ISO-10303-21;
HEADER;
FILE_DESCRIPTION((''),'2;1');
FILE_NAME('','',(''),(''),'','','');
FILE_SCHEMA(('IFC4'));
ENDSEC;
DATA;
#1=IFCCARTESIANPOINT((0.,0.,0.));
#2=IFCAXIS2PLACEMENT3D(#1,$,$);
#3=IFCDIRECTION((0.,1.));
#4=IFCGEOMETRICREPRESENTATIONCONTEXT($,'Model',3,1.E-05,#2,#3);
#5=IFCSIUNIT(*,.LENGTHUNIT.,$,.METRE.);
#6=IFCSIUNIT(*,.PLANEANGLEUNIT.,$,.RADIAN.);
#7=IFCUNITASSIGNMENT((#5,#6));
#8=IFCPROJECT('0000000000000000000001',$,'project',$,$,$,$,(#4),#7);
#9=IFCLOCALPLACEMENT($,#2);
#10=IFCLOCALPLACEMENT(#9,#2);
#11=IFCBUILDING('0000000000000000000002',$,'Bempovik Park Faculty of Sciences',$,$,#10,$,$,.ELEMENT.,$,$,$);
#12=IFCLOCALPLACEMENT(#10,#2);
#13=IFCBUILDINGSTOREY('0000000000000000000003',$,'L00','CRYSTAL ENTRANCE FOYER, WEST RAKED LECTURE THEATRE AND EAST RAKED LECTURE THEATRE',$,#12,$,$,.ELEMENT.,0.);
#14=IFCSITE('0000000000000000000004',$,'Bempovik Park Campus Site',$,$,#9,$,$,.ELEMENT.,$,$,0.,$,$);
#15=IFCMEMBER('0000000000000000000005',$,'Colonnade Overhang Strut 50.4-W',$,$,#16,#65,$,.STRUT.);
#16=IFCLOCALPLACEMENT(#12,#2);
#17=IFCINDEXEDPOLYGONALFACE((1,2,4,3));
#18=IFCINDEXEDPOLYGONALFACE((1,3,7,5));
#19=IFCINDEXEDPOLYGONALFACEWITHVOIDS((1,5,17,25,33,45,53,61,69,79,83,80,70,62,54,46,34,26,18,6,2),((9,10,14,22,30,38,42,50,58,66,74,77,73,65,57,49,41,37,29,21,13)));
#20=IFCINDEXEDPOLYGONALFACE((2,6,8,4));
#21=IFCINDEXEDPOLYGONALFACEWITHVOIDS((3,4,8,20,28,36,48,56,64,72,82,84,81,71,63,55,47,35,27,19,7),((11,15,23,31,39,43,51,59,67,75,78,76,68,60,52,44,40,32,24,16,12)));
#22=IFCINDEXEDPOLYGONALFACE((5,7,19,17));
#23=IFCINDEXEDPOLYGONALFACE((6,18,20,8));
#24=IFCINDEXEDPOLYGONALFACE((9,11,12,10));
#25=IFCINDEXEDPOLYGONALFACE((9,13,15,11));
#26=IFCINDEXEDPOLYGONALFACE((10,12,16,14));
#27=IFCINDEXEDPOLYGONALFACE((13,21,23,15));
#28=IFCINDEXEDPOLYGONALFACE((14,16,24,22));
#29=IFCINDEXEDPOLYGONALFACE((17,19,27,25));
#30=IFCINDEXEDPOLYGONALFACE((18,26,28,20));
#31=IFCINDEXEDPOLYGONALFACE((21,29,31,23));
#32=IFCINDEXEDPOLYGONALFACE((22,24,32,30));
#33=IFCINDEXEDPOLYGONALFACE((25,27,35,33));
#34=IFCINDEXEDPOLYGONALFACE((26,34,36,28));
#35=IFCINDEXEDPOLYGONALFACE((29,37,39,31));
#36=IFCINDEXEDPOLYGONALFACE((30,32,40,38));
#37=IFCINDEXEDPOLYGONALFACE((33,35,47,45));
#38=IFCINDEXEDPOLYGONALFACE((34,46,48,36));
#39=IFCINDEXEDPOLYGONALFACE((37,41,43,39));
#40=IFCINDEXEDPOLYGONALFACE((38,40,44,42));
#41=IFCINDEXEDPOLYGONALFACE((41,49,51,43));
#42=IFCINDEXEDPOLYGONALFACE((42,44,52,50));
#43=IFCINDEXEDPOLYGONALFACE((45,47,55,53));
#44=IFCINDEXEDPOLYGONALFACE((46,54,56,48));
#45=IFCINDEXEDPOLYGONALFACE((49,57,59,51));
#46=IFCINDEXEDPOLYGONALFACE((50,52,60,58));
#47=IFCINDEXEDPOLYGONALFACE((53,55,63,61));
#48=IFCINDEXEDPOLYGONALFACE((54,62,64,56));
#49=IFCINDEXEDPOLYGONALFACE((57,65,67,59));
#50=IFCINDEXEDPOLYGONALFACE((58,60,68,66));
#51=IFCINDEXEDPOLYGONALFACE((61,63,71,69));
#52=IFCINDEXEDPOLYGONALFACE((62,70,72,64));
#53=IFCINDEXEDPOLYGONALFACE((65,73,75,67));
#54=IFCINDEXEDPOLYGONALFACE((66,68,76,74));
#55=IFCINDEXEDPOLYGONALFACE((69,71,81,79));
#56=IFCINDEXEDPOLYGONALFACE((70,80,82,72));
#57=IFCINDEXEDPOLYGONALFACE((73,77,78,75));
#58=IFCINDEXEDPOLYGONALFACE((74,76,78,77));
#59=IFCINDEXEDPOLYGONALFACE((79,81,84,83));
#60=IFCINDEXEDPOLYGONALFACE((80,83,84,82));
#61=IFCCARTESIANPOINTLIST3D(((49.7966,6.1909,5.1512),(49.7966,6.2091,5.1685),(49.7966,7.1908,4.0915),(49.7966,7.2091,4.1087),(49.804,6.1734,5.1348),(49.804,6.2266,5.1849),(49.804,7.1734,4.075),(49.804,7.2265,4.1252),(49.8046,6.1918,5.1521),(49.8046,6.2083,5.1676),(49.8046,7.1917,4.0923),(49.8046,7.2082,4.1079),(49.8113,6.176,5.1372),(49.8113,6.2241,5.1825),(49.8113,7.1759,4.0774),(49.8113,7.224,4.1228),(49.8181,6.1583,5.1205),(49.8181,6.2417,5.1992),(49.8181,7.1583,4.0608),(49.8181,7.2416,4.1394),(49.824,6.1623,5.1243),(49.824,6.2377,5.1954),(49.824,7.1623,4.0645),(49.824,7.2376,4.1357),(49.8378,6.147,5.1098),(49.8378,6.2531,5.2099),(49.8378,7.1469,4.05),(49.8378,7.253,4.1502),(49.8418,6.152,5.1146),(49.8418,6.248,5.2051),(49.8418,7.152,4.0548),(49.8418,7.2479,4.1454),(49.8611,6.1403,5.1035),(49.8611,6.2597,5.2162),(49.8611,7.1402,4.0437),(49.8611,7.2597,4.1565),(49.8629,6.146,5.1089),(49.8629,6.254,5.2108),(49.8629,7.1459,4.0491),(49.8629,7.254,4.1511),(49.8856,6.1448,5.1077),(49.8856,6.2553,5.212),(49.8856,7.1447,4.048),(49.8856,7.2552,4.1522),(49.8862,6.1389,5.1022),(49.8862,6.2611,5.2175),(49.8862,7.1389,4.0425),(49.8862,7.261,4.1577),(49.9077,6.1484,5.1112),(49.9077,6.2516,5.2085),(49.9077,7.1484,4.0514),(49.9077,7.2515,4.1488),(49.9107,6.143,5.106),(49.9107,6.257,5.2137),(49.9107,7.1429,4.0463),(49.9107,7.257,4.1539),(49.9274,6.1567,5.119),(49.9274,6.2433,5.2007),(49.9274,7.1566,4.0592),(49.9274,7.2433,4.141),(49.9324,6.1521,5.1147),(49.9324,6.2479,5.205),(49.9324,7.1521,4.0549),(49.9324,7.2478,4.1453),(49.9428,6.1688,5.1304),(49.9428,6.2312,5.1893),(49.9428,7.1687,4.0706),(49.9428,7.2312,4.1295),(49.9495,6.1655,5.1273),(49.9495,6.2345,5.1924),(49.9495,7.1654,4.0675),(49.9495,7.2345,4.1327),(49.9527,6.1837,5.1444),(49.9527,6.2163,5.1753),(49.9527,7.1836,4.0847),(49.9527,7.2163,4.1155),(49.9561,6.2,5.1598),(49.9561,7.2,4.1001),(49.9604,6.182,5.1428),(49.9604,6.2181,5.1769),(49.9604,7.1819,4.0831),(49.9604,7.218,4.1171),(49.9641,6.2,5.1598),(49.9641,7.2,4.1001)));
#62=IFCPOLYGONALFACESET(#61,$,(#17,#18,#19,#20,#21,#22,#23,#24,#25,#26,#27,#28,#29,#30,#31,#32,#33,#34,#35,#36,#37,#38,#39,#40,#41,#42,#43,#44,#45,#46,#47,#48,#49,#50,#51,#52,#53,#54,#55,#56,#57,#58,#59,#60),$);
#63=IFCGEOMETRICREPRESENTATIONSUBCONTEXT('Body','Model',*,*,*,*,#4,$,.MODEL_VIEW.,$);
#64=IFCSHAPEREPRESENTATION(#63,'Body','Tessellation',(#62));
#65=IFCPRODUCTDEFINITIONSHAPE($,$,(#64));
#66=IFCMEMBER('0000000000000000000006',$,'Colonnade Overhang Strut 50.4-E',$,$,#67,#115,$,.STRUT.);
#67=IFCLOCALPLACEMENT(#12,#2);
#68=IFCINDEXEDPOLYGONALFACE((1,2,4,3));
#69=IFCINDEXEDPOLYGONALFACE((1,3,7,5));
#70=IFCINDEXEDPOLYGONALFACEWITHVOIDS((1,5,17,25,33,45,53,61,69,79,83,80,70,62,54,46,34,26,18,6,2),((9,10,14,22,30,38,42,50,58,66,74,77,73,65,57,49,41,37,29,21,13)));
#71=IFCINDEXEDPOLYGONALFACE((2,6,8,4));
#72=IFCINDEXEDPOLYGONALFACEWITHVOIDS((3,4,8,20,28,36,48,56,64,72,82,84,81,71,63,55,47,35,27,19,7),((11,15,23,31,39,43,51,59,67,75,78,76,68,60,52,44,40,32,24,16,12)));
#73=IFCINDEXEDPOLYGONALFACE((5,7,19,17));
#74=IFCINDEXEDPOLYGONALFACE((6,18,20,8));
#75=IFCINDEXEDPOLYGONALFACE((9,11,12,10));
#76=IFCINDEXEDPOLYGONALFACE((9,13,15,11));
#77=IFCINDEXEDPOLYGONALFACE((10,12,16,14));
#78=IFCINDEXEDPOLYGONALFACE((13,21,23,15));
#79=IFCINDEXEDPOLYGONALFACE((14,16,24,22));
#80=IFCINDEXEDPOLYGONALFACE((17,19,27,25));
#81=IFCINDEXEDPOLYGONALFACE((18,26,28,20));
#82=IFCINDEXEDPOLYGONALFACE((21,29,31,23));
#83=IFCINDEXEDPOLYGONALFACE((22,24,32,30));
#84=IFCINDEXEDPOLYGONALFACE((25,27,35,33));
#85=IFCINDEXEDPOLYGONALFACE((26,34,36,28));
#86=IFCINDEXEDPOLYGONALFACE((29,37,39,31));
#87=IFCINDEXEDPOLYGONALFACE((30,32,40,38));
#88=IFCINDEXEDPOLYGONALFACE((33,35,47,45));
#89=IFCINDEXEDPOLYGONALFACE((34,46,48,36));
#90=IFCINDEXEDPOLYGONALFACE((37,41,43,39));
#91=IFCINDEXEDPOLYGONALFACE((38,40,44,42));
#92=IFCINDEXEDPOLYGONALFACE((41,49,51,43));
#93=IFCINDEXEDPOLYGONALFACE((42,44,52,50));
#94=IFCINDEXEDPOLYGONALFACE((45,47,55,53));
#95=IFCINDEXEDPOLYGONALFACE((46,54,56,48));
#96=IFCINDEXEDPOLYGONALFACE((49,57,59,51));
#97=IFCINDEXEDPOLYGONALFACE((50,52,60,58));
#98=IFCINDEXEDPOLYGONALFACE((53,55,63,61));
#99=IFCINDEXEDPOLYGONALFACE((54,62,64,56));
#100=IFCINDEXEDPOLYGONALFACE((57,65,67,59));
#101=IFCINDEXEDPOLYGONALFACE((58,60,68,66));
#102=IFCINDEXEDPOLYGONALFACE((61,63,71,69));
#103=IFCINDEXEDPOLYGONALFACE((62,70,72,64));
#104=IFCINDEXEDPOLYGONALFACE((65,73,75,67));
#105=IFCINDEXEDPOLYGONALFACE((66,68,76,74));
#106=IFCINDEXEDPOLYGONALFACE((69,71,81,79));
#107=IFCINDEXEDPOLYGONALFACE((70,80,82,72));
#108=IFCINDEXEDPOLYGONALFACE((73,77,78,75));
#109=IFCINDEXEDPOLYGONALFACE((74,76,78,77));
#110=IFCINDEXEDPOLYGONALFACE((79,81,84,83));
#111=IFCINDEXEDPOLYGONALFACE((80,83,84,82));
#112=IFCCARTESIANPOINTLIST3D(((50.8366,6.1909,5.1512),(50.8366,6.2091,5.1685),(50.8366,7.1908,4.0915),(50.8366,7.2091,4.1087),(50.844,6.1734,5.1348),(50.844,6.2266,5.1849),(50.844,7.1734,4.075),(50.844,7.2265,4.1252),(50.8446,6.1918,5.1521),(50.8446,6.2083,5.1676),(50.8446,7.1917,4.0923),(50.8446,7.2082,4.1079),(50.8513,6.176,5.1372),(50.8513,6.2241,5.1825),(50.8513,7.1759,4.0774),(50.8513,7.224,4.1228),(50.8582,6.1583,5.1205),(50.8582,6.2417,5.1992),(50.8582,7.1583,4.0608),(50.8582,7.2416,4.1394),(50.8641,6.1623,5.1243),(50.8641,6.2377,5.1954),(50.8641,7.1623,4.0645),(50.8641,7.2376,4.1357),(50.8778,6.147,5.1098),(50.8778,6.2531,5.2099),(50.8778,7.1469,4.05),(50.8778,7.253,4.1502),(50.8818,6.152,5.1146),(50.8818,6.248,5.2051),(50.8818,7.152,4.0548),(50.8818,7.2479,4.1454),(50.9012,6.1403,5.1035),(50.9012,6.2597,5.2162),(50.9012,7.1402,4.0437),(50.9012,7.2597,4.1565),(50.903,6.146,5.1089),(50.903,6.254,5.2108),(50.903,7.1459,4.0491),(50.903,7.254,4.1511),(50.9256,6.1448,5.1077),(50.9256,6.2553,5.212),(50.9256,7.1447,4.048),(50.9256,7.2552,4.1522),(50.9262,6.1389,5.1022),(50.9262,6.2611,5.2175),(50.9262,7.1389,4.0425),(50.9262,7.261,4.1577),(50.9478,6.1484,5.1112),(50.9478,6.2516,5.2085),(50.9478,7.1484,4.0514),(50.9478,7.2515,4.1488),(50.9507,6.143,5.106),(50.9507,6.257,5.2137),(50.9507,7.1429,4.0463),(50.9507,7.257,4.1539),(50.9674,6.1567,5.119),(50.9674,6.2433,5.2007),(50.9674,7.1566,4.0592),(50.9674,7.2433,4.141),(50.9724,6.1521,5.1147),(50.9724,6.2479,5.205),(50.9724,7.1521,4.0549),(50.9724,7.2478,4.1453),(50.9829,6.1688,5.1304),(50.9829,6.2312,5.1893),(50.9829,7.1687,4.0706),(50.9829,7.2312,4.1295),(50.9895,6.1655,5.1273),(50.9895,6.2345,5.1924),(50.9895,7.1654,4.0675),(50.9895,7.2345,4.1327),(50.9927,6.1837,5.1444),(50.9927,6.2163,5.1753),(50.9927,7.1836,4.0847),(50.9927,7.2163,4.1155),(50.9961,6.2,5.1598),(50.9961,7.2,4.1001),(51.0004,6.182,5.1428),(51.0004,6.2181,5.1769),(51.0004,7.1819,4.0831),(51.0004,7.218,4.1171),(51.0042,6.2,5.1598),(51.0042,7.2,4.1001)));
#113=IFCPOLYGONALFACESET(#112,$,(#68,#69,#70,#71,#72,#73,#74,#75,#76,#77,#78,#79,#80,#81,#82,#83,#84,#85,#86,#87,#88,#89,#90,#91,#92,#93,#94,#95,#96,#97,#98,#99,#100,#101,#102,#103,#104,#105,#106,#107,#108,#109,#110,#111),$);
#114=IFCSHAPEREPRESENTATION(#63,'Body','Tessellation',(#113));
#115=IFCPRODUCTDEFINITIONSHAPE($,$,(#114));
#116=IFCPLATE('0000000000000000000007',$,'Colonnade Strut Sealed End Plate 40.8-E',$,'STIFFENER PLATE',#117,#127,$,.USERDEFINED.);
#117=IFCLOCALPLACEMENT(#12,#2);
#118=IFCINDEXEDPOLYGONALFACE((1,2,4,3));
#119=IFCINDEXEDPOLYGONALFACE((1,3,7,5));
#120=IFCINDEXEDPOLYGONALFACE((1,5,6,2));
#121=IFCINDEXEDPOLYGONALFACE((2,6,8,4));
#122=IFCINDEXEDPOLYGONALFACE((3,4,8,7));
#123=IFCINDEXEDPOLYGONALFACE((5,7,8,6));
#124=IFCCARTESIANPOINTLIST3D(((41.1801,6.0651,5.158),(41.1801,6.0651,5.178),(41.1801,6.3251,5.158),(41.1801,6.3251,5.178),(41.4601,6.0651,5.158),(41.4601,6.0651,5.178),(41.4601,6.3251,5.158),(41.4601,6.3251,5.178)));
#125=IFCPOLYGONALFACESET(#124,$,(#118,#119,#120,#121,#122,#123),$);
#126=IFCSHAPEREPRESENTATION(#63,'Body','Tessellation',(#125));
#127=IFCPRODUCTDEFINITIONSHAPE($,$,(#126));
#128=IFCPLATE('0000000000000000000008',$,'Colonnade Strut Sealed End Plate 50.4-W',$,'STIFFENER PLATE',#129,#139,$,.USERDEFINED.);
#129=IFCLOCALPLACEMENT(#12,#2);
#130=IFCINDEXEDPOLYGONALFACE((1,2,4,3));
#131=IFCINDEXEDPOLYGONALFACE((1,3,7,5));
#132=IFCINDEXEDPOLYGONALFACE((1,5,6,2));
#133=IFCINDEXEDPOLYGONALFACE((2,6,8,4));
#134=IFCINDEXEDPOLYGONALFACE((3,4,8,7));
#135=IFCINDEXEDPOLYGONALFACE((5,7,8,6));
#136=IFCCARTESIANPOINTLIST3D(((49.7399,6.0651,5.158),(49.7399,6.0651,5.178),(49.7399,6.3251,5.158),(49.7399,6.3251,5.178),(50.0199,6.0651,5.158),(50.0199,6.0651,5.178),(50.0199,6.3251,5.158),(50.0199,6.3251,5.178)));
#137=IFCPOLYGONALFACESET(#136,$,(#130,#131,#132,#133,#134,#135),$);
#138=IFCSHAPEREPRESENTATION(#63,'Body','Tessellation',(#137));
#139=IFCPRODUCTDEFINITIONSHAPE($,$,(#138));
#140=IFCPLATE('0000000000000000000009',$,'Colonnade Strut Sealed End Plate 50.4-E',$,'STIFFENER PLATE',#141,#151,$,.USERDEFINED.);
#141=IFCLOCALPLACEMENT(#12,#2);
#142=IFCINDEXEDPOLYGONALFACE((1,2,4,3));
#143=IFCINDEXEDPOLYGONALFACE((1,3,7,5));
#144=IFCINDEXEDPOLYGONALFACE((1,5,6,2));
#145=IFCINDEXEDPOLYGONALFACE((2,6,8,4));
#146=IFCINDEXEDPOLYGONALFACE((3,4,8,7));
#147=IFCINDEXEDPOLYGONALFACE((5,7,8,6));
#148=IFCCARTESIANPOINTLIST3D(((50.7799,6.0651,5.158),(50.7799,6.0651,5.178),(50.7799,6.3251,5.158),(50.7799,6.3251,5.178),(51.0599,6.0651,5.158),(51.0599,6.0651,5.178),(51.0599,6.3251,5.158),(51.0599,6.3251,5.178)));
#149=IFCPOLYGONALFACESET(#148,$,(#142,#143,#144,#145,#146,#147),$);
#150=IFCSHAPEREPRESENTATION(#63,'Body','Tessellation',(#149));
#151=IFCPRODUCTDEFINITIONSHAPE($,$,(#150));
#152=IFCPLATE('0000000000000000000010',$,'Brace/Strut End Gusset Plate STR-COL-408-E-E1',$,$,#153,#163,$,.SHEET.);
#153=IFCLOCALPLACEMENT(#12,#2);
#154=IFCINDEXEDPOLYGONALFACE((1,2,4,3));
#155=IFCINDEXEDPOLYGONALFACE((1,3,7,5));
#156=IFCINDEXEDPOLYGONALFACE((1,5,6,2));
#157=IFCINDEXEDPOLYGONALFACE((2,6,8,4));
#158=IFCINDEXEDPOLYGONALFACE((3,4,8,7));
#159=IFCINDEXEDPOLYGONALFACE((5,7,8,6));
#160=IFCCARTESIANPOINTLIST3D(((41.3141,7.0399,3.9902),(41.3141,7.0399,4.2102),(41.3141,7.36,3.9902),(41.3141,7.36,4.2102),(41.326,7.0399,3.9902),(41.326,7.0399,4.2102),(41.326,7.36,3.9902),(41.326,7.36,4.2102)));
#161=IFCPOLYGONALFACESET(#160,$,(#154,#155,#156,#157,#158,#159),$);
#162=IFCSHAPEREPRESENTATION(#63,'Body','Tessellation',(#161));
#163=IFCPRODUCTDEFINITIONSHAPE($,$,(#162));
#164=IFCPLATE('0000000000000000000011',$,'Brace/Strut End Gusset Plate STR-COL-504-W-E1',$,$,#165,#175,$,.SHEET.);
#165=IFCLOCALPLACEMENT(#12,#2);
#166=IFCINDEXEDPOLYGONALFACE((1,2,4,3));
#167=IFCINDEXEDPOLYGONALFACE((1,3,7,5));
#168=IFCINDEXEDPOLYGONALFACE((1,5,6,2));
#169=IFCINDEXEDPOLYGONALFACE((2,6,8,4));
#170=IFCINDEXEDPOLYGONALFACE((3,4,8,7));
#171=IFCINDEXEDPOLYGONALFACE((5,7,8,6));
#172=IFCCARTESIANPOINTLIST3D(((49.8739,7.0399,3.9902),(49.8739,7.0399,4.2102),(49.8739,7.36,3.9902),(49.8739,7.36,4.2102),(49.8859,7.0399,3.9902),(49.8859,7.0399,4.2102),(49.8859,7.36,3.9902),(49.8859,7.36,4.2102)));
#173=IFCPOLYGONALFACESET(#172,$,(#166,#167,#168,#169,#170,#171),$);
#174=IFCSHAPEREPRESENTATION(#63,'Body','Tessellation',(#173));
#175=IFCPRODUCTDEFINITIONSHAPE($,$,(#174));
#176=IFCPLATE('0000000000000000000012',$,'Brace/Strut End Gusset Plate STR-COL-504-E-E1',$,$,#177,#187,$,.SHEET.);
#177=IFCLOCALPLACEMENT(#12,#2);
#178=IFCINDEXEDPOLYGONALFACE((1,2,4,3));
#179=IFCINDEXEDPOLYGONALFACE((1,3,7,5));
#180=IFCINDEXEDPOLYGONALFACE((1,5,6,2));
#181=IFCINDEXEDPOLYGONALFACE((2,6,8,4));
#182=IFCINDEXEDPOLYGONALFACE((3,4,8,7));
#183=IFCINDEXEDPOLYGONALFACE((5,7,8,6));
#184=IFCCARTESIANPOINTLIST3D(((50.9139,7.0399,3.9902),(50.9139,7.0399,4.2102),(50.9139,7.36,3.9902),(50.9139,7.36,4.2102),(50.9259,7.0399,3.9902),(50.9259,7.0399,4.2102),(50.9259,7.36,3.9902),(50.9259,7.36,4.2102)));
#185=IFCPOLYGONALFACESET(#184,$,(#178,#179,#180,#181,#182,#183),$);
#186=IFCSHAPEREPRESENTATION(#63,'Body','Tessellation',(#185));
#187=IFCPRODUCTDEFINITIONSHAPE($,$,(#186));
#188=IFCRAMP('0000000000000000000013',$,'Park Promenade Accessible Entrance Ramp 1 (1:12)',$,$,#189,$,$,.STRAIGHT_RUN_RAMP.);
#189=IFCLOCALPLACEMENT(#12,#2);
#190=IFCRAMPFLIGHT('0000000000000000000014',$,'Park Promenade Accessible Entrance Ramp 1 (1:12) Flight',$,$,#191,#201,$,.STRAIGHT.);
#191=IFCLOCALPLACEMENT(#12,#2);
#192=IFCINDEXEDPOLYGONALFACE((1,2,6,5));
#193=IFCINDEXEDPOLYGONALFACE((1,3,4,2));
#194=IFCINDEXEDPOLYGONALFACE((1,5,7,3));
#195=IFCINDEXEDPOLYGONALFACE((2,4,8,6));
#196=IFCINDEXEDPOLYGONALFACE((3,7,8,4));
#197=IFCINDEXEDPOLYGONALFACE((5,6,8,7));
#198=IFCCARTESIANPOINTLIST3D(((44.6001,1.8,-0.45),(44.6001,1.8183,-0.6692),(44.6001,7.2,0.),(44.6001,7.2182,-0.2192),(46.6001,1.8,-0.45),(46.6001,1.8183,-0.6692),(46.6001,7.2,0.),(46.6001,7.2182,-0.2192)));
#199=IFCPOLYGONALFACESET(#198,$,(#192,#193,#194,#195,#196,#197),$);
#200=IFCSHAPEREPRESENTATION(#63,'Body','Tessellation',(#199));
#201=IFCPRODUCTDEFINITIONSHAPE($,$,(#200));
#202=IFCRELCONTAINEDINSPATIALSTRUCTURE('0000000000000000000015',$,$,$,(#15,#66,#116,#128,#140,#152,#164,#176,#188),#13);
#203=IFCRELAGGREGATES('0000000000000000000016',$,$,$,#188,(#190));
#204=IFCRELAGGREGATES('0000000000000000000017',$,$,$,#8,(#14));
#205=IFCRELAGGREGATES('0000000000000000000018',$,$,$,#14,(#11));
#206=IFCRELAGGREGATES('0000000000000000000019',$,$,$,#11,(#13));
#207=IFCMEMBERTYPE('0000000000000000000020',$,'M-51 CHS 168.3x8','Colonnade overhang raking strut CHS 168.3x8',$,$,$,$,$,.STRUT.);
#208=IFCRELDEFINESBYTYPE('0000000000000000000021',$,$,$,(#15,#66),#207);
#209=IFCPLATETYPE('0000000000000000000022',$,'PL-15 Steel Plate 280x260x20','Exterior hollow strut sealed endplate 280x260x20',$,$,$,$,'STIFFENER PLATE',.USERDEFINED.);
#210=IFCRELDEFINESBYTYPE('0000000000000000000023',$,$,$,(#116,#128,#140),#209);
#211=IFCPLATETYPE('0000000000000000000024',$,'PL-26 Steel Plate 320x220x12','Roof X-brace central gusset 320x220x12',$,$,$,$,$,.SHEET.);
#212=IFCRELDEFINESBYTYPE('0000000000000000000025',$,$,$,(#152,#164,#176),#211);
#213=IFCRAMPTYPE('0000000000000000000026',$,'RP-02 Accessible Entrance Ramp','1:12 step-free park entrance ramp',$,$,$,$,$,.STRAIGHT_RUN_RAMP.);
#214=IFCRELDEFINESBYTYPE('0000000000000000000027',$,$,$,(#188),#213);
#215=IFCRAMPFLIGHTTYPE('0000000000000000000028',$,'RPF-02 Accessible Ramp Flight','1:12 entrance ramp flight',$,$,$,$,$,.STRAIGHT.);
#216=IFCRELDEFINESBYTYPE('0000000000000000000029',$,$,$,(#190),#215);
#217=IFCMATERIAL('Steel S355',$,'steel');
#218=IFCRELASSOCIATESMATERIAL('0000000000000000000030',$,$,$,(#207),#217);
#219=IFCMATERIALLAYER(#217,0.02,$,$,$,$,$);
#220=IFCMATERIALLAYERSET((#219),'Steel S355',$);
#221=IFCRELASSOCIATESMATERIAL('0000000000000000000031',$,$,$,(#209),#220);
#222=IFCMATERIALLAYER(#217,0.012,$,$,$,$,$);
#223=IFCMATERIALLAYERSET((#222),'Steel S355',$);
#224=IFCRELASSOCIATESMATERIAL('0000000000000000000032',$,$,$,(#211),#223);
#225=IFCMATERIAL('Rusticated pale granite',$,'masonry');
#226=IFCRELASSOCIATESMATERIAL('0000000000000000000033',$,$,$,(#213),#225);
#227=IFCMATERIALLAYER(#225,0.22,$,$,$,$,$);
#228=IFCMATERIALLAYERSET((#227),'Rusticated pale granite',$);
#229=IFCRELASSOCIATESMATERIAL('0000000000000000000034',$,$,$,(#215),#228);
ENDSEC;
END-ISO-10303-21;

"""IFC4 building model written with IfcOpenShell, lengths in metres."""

from ifc_helpers import new_model, si_unit, direction, frame, origin, origin_2d, place, context, subcontext, project, spatial, polyline, rectangle, hollow_circle, outline, extrude, material, layer, layer_set, material_profile, profile_set, type_object, element, aggregate, save


model = new_model("IFC4")

# Units and contexts
model_context = context("Model", 3, precision=1e-05, world=origin(), true_north=direction((0.0, 1.0)))
body_context = subcontext(model_context, "Body", "Model", "MODEL_VIEW")
ifc_project = project(units=[si_unit("LENGTHUNIT", "METRE"), si_unit("PLANEANGLEUNIT", "RADIAN")], contexts=[model_context])

# Site, building, storey
site_placement = place(None, origin())
site = spatial("IfcSite", under=ifc_project, at=site_placement, Name="Bempovik Park Campus Site", CompositionType="ELEMENT", RefElevation=0.0)
building_placement = place(site_placement, origin())
building = spatial("IfcBuilding", under=site, at=building_placement, Name="Bempovik Park Faculty of Sciences", CompositionType="ELEMENT")
storey_placement = place(building_placement, origin())
storey = spatial("IfcBuildingStorey", under=building, at=storey_placement, Name="L00", Description="CRYSTAL ENTRANCE FOYER, WEST RAKED LECTURE THEATRE AND EAST RAKED LECTURE THEATRE", CompositionType="ELEMENT", Elevation=0.0)

# Shared definitions
ifc_material_1 = material(Name="Steel S355", Category="steel")

# Members
ifc_material_profile_1 = material_profile(ifc_material_1, hollow_circle(Radius=0.0842, WallThickness=0.0081, at=origin_2d()), Name="CHS 168.3x8")
ifc_profile_set_1 = profile_set([ifc_material_profile_1], Name="Steel S355")
member_type = type_object("IfcMemberType", Name="M-51 CHS 168.3x8", Description="Colonnade overhang raking strut CHS 168.3x8", PredefinedType="STRUT", material=ifc_profile_set_1)
for number, where, z_axis, x_axis, name in (
    (1, (49.8799, 7.2, 4.1001), (0.0, -0.686284, 0.727334), (1.0, 0.0, 0.0), "Colonnade Overhang Strut 50.4-W"),
    (2, (50.9199, 7.2, 4.1001), (0.0, -0.686284, 0.727334), (1.0, 0.0, 0.0), "Colonnade Overhang Strut 50.4-E"),
):
    element("IfcMember", number, at=place(storey_placement, frame(where, z_axis=z_axis, x_axis=x_axis)), inside=storey, type_object=member_type, Name=name, PredefinedType="STRUT", context=body_context, shape_type="SweptSolid", body=[
        extrude(hollow_circle(Radius=0.0842, WallThickness=0.0081, at=origin_2d()), origin(), (0.0, 0.0, 1.0), 1.457),
    ])

# Plates
ifc_layer_1 = layer(ifc_material_1, 0.02)
ifc_layer_set_1 = layer_set([ifc_layer_1], Name="Steel S355")
plate_type_1 = type_object("IfcPlateType", Name="PL-15 Steel Plate 280x260x20", Description="Exterior hollow strut sealed endplate 280x260x20", ElementType="STIFFENER PLATE", PredefinedType="USERDEFINED", material=ifc_layer_set_1)
for number, where, z_axis, x_axis, name in (
    (3, (41.3201, 6.1951, 5.158), (0.0, 0.0, 1.0), (1.0, 0.0, 0.0), "Colonnade Strut Sealed End Plate 40.8-E"),
    (4, (49.8799, 6.1951, 5.158), (0.0, 0.0, 1.0), (1.0, 0.0, 0.0), "Colonnade Strut Sealed End Plate 50.4-W"),
    (5, (50.9199, 6.1951, 5.158), (0.0, 0.0, 1.0), (1.0, 0.0, 0.0), "Colonnade Strut Sealed End Plate 50.4-E"),
):
    element("IfcPlate", number, at=place(storey_placement, frame(where, z_axis=z_axis, x_axis=x_axis)), inside=storey, type_object=plate_type_1, Name=name, ObjectType="STIFFENER PLATE", PredefinedType="USERDEFINED", context=body_context, shape_type="SweptSolid", body=[
        extrude(rectangle(XDim=0.28, YDim=0.26, at=origin_2d()), origin(), (0.0, 0.0, 1.0), 0.02),
    ])
ifc_layer_2 = layer(ifc_material_1, 0.012)
ifc_layer_set_2 = layer_set([ifc_layer_2], Name="Steel S355")
plate_type_2 = type_object("IfcPlateType", Name="PL-26 Steel Plate 320x220x12", Description="Roof X-brace central gusset 320x220x12", PredefinedType="SHEET", material=ifc_layer_set_2)
for number, where, z_axis, x_axis, name in (
    (6, (41.3201, 7.2, 3.9902), (0.0, 0.0, 1.0), (1.0, 0.0, 0.0), "Brace/Strut End Gusset Plate STR-COL-408-E-E1"),
    (7, (49.8799, 7.2, 3.9902), (0.0, 0.0, 1.0), (1.0, 0.0, 0.0), "Brace/Strut End Gusset Plate STR-COL-504-W-E1"),
    (8, (50.9199, 7.2, 3.9902), (0.0, 0.0, 1.0), (1.0, 0.0, 0.0), "Brace/Strut End Gusset Plate STR-COL-504-E-E1"),
):
    element("IfcPlate", number, at=place(storey_placement, frame(where, z_axis=z_axis, x_axis=x_axis)), inside=storey, type_object=plate_type_2, Name=name, PredefinedType="SHEET", context=body_context, shape_type="SweptSolid", body=[
        extrude(rectangle(XDim=0.012, YDim=0.3201, at=origin_2d()), origin(), (0.0, 0.0, 1.0), 0.22),
    ])

# Ramp, ramp flight
ifc_material_2 = material(Name="Rusticated pale granite", Category="masonry")
ramp_type = type_object("IfcRampType", Name="RP-02 Accessible Entrance Ramp", Description="1:12 step-free park entrance ramp", PredefinedType="STRAIGHT_RUN_RAMP", material=ifc_material_2)
ramp_1_placement = place(storey_placement, origin())
ramp_1 = element("IfcRamp", 9, at=ramp_1_placement, inside=storey, type_object=ramp_type, Name="Park Promenade Accessible Entrance Ramp 1 (1:12)", PredefinedType="STRAIGHT_RUN_RAMP")
ifc_layer_3 = layer(ifc_material_2, 0.22)
ifc_layer_set_3 = layer_set([ifc_layer_3], Name="Rusticated pale granite")
ramp_flight_type = type_object("IfcRampFlightType", Name="RPF-02 Accessible Ramp Flight", Description="1:12 entrance ramp flight", PredefinedType="STRAIGHT", material=ifc_layer_set_3)
ramp_flight_1_placement = place(storey_placement, frame((44.6001, 1.8, -0.45), z_axis=(0.0, -0.083038, 0.996546), x_axis=(1.0, 0.0, 0.0)))
ramp_flight_1 = element("IfcRampFlight", 10, at=ramp_flight_1_placement, type_object=ramp_flight_type, Name="Park Promenade Accessible Entrance Ramp 1 (1:12) Flight", PredefinedType="STRAIGHT", context=body_context, shape_type="SweptSolid", body=[
    extrude(outline(polyline([(0.0, 0.0), (2.0, 0.0), (2.0, 5.4186), (0.0, 5.4186), (0.0, 0.0)])), origin(), (0.0, 0.0, -1.0), 0.22),
])
aggregate(ramp_1, [ramp_flight_1])

save(model, "model.ifc")
